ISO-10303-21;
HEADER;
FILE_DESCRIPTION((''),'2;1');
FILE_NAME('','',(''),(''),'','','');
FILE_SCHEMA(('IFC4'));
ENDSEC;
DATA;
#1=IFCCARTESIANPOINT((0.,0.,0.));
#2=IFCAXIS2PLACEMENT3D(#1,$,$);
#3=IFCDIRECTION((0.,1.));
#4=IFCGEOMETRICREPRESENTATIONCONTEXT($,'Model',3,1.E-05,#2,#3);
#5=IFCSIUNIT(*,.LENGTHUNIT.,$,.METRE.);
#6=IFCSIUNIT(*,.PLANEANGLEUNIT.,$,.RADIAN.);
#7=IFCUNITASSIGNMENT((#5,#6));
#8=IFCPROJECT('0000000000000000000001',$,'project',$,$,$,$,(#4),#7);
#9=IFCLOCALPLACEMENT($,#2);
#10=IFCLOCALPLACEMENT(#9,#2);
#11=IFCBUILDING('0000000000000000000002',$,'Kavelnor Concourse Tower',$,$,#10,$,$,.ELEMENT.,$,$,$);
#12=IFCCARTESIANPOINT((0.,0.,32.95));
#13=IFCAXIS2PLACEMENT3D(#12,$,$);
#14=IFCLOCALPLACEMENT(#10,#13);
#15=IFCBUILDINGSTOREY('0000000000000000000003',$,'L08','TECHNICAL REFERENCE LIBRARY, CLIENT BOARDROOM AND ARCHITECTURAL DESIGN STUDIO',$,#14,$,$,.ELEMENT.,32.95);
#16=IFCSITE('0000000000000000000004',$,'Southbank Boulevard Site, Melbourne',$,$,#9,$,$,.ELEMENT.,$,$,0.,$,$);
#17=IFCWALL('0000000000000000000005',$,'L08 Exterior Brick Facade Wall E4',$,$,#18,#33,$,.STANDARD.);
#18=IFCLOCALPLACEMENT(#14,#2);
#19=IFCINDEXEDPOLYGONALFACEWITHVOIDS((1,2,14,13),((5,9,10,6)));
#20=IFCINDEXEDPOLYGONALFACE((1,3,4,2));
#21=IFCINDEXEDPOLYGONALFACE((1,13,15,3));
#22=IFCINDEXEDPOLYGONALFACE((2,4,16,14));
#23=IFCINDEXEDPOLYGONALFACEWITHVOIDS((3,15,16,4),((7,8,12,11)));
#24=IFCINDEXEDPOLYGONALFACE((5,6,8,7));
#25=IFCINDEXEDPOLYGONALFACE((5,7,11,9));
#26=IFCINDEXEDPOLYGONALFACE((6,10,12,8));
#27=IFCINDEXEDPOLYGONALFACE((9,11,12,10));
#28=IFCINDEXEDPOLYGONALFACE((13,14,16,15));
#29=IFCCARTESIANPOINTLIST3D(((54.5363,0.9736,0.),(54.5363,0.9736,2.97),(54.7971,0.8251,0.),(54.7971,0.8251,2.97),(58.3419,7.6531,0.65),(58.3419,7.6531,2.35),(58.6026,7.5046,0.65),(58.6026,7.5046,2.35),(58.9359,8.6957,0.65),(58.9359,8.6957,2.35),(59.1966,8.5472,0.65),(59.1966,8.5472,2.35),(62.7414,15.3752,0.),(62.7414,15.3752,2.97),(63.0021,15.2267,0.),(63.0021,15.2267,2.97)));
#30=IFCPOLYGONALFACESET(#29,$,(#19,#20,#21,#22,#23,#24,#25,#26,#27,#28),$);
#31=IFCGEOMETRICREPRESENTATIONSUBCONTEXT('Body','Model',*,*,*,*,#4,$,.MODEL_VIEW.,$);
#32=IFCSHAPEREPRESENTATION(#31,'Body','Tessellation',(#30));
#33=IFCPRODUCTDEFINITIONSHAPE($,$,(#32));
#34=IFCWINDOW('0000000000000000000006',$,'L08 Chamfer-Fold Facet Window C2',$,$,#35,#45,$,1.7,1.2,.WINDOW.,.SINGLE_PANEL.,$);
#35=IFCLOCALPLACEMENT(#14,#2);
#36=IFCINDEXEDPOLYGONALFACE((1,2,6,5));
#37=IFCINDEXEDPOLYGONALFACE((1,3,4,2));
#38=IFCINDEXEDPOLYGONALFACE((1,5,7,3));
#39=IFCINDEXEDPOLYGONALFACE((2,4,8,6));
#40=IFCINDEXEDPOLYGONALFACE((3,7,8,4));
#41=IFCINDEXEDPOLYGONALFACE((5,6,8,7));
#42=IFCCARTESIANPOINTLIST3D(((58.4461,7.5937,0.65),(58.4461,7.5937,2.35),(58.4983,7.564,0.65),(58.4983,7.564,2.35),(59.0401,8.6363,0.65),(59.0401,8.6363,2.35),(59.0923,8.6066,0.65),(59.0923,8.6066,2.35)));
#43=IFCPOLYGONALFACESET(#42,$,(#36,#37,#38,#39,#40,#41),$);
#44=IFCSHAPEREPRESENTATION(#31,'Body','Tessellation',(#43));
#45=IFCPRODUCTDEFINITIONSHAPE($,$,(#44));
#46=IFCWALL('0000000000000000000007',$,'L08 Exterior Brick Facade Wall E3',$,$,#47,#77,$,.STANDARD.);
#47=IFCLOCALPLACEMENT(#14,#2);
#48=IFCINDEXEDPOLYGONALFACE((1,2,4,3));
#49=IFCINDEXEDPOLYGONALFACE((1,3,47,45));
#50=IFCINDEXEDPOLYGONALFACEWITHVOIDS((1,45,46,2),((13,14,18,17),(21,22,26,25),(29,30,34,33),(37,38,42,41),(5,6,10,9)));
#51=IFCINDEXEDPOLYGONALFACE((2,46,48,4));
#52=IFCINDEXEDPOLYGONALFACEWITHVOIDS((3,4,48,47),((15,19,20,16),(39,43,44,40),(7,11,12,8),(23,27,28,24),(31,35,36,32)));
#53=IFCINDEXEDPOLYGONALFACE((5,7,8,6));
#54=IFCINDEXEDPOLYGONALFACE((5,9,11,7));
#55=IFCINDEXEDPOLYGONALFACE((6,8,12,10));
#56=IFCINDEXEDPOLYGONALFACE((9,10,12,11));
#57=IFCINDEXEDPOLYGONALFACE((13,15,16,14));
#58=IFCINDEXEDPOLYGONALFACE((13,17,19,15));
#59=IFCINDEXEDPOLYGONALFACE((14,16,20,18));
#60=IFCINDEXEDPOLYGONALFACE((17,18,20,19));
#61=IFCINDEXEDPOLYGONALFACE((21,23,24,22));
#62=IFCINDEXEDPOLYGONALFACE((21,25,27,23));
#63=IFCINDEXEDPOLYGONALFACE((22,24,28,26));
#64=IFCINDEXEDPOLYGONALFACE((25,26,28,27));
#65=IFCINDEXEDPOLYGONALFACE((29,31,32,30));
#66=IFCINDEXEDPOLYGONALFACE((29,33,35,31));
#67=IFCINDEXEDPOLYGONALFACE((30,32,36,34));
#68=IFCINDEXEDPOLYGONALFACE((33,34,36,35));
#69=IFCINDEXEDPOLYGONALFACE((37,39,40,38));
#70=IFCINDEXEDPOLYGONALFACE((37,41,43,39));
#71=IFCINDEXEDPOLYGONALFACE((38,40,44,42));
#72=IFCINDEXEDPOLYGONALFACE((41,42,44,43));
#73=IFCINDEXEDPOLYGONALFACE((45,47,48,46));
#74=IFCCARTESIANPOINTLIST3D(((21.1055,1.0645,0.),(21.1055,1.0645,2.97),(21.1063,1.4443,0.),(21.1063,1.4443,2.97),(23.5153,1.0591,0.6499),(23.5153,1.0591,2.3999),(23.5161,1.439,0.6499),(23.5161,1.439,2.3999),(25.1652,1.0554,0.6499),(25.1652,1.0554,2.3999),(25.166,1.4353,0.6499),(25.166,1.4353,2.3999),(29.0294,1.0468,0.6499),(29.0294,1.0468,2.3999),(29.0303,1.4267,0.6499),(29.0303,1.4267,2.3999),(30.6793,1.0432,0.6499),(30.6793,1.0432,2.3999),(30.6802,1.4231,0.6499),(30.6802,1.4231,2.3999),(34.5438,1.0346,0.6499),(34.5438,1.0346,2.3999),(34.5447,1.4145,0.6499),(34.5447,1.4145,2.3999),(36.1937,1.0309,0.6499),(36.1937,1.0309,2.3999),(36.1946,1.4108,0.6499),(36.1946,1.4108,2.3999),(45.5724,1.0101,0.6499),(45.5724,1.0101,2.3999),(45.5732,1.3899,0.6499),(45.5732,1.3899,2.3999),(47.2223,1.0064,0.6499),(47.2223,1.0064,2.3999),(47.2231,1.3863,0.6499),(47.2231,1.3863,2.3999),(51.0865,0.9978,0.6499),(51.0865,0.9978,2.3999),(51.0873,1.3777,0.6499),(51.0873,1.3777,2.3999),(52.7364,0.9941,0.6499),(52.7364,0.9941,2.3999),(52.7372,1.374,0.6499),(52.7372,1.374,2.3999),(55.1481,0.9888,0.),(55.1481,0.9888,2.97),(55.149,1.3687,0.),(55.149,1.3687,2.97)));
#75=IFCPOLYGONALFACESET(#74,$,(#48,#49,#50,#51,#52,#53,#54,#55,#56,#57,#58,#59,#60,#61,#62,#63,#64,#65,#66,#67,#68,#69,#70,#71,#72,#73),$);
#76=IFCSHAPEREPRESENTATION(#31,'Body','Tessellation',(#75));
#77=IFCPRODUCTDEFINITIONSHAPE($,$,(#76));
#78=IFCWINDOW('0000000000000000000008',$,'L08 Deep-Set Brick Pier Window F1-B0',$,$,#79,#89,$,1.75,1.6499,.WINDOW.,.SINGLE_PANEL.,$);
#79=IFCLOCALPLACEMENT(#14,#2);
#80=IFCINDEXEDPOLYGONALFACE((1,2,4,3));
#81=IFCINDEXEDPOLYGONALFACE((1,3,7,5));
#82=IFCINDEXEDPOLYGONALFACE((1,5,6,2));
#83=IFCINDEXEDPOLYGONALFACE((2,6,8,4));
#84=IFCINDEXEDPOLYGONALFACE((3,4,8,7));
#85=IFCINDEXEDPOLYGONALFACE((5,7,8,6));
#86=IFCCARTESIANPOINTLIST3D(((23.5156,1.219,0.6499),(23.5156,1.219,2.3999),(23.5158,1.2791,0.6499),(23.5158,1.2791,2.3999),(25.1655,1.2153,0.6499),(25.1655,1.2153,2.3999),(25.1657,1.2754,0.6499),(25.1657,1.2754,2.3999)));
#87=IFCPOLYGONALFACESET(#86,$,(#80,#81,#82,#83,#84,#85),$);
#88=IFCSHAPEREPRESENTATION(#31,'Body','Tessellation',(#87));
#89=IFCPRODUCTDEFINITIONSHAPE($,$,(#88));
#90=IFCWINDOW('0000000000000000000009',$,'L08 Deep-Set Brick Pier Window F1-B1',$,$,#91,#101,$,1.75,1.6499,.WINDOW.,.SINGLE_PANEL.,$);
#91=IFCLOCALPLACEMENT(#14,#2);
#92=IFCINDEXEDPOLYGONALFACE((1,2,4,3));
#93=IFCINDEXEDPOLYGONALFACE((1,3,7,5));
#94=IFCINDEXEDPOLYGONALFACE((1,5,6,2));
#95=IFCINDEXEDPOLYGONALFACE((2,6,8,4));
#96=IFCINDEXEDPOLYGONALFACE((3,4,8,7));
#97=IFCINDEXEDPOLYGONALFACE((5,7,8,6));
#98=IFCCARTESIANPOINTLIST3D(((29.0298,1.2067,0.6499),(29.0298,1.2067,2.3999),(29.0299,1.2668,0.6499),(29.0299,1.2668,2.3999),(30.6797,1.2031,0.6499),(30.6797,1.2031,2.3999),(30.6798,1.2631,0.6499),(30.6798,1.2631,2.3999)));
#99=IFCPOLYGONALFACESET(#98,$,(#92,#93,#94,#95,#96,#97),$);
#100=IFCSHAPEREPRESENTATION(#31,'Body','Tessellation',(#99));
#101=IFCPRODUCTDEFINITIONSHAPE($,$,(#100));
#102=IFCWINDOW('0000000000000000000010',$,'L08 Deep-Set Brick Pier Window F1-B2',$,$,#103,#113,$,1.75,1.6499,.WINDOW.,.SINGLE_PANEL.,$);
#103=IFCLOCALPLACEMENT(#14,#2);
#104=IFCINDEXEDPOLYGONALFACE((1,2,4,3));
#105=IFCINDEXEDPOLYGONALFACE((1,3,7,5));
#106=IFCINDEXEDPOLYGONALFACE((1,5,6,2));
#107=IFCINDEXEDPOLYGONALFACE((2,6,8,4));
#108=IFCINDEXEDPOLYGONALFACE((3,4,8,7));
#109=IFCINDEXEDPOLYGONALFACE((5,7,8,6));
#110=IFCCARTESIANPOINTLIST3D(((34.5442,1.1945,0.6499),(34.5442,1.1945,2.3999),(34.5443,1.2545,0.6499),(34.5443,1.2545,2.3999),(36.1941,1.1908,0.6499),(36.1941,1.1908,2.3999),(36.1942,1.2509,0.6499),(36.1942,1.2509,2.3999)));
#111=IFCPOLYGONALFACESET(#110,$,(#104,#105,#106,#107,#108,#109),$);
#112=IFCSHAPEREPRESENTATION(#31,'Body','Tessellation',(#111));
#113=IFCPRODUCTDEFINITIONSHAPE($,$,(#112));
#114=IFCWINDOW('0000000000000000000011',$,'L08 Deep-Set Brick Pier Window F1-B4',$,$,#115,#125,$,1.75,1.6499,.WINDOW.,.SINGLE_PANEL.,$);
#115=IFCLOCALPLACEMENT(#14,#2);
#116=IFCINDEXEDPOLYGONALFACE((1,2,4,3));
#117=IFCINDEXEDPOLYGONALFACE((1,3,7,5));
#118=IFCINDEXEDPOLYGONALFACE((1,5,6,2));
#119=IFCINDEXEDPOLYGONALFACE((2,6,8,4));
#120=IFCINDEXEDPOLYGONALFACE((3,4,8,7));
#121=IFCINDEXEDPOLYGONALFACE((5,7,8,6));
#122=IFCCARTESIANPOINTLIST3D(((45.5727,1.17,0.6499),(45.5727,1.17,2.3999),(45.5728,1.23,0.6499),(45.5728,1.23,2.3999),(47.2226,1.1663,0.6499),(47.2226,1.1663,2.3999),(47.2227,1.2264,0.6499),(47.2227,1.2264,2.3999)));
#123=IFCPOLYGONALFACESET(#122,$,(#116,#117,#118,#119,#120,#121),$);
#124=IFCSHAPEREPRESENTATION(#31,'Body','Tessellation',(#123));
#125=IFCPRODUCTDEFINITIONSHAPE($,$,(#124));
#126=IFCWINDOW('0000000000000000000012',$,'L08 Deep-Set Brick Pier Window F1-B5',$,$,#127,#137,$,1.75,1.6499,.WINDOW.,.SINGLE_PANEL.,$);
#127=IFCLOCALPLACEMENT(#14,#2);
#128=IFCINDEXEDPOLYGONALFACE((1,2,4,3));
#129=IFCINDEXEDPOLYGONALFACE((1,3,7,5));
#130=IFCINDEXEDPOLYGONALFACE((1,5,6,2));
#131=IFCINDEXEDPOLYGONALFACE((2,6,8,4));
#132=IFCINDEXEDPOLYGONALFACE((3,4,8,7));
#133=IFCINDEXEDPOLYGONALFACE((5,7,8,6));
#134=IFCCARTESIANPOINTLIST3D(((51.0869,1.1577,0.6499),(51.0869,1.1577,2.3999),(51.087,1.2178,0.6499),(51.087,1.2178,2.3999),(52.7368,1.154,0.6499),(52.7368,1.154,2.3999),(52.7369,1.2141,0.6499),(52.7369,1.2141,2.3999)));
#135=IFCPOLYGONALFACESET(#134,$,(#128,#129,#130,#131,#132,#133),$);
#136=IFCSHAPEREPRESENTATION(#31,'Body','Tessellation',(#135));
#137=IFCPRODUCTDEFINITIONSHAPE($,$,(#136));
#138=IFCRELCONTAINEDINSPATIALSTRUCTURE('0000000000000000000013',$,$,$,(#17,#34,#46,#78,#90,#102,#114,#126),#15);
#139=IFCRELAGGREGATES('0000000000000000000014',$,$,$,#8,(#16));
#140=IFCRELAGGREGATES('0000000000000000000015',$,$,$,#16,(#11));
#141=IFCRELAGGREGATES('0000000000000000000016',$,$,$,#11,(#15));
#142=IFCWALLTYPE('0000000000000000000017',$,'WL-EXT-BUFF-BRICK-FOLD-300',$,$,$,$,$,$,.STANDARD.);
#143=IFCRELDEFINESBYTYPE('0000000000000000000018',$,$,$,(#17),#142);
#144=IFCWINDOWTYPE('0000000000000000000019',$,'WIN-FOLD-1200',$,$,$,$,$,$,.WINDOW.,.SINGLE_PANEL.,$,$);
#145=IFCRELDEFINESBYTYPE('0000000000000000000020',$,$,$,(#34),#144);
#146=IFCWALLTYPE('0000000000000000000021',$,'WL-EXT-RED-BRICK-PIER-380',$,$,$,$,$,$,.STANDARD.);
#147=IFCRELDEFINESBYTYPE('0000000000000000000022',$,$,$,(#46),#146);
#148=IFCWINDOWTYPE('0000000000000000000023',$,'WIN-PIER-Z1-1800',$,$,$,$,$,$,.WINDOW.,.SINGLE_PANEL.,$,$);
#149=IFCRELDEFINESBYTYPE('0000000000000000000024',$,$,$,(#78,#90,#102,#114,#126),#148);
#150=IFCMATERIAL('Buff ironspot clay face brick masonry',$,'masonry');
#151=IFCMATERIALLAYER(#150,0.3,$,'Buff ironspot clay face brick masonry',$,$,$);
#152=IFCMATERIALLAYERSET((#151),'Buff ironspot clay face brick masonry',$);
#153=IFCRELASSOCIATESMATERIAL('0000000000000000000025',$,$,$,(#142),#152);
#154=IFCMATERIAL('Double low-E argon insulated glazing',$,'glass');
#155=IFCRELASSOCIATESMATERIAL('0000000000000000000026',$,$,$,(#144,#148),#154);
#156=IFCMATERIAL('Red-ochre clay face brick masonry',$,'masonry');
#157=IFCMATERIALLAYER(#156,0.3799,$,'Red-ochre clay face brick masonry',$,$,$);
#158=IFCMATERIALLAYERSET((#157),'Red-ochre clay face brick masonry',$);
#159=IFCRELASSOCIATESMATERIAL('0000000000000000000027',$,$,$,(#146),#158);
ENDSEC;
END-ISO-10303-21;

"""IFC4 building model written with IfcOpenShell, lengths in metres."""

from ifc_helpers import new_model, si_unit, direction, frame, frame_2d, origin, place, context, subcontext, project, spatial, rectangle, extrude, material, layer, layer_set, type_object, element, fill, save


model = new_model("IFC4")

# Units and contexts
model_context = context("Model", 3, precision=1e-05, world=origin(), true_north=direction((0.0, 1.0)))
body_context = subcontext(model_context, "Body", "Model", "MODEL_VIEW")
ifc_project = project(units=[si_unit("LENGTHUNIT", "METRE"), si_unit("PLANEANGLEUNIT", "RADIAN")], contexts=[model_context])

# Site, building, storey
site_placement = place(None, origin())
site = spatial("IfcSite", under=ifc_project, at=site_placement, Name="Southbank Boulevard Site, Melbourne", CompositionType="ELEMENT", RefElevation=0.0)
building_placement = place(site_placement, origin())
building = spatial("IfcBuilding", under=site, at=building_placement, Name="Kavelnor Concourse Tower", CompositionType="ELEMENT")
storey_placement = place(building_placement, frame((0.0, 0.0, 32.95)))
storey = spatial("IfcBuildingStorey", under=building, at=storey_placement, Name="L08", Description="TECHNICAL REFERENCE LIBRARY, CLIENT BOARDROOM AND ARCHITECTURAL DESIGN STUDIO", CompositionType="ELEMENT", Elevation=32.95)

# Wall, opening, window
ifc_material_1 = material(Name="Buff ironspot clay face brick masonry", Category="masonry")
ifc_layer_1 = layer(ifc_material_1, 0.3, Name="Buff ironspot clay face brick masonry")
ifc_layer_set_1 = layer_set([ifc_layer_1], Name="Buff ironspot clay face brick masonry")
wall_type_1 = type_object("IfcWallType", Name="WL-EXT-BUFF-BRICK-FOLD-300", PredefinedType="STANDARD", material=ifc_layer_set_1)
wall_1_placement = place(storey_placement, frame((62.8718, 15.301, 0.0), z_axis=(0.0, 0.0, 1.0), x_axis=(-0.495028, -0.868877, 0.0)))
wall_1 = element("IfcWall", 1, at=wall_1_placement, inside=storey, type_object=wall_type_1, Name="L08 Exterior Brick Facade Wall E4", PredefinedType="STANDARD", context=body_context, shape_type="SweptSolid", body=[
    extrude(rectangle(XDim=16.575, YDim=0.3, at=frame_2d((8.2876, 0.0))), origin(), (0.0, 0.0, 1.0), 2.97),
])
opening_1_placement = place(wall_1_placement, frame((7.6875, 0.0, 0.6499)))
opening_1 = element("IfcOpeningElement", 2, at=opening_1_placement, cuts=wall_1, PredefinedType="OPENING", context=body_context, shape_type="SweptSolid", body=[
    extrude(rectangle(XDim=1.2, YDim=1.7, at=frame_2d((0.6001, 0.8501))), frame((0.0, 0.1602, 0.0), z_axis=(0.0, -1.0, 0.0), x_axis=(1.0, 0.0, 0.0)), (0.0, 0.0, 1.0), 0.3201),
])
ifc_material_2 = material(Name="Double low-E argon insulated glazing", Category="glass")
window_type_1 = type_object("IfcWindowType", Name="WIN-FOLD-1200", PartitioningType="SINGLE_PANEL", PredefinedType="WINDOW", material=ifc_material_2)
window_1_placement = place(opening_1_placement, origin())
window_1 = element("IfcWindow", 3, at=window_1_placement, inside=storey, type_object=window_type_1, Name="L08 Chamfer-Fold Facet Window C2", OverallHeight=1.7, OverallWidth=1.2, PartitioningType="SINGLE_PANEL", PredefinedType="WINDOW", context=body_context, shape_type="SweptSolid", body=[
    extrude(rectangle(XDim=1.2, YDim=1.7, at=frame_2d((0.6001, 0.8501))), frame((0.0, 0.03, 0.0), z_axis=(0.0, -1.0, 0.0), x_axis=(1.0, 0.0, 0.0)), (0.0, 0.0, 1.0), 0.0601),
])
fill(opening_1, window_1)

# Wall, openings, windows
ifc_material_3 = material(Name="Red-ochre clay face brick masonry", Category="masonry")
ifc_layer_2 = layer(ifc_material_3, 0.3799, Name="Red-ochre clay face brick masonry")
ifc_layer_set_2 = layer_set([ifc_layer_2], Name="Red-ochre clay face brick masonry")
wall_type_2 = type_object("IfcWallType", Name="WL-EXT-RED-BRICK-PIER-380", PredefinedType="STANDARD", material=ifc_layer_set_2)
wall_2_placement = place(storey_placement, frame((55.1487, 1.1787, 0.0), z_axis=(0.0, 0.0, 1.0), x_axis=(-0.999998, 0.002223, 0.0)))
wall_2 = element("IfcWall", 4, at=wall_2_placement, inside=storey, type_object=wall_type_2, Name="L08 Exterior Brick Facade Wall E3", PredefinedType="STANDARD", context=body_context, shape_type="SweptSolid", body=[
    extrude(rectangle(XDim=34.0427, YDim=0.3799, at=frame_2d((17.0215, 0.0))), origin(), (0.0, 0.0, 1.0), 2.97),
])
opening_2_placement = place(wall_2_placement, frame((29.9832, 0.0, 0.6499)))
opening_2 = element("IfcOpeningElement", 5, at=opening_2_placement, cuts=wall_2, PredefinedType="OPENING", context=body_context, shape_type="SweptSolid", body=[
    extrude(rectangle(XDim=1.6499, YDim=1.75, at=frame_2d((0.825, 0.875))), frame((0.0, 0.2, 0.0), z_axis=(0.0, -1.0, 0.0), x_axis=(1.0, 0.0, 0.0)), (0.0, 0.0, 1.0), 0.3999),
])
opening_3_placement = place(wall_2_placement, frame((24.469, 0.0, 0.6499)))
opening_3 = element("IfcOpeningElement", 6, at=opening_3_placement, cuts=wall_2, PredefinedType="OPENING", context=body_context, shape_type="SweptSolid", body=[
    extrude(rectangle(XDim=1.6499, YDim=1.75, at=frame_2d((0.825, 0.875))), frame((0.0, 0.2, 0.0), z_axis=(0.0, -1.0, 0.0), x_axis=(1.0, 0.0, 0.0)), (0.0, 0.0, 1.0), 0.3999),
])
opening_4_placement = place(wall_2_placement, frame((18.9546, 0.0, 0.6499)))
opening_4 = element("IfcOpeningElement", 7, at=opening_4_placement, cuts=wall_2, PredefinedType="OPENING", context=body_context, shape_type="SweptSolid", body=[
    extrude(rectangle(XDim=1.6499, YDim=1.75, at=frame_2d((0.825, 0.875))), frame((0.0, 0.2, 0.0), z_axis=(0.0, -1.0, 0.0), x_axis=(1.0, 0.0, 0.0)), (0.0, 0.0, 1.0), 0.3999),
])
opening_5_placement = place(wall_2_placement, frame((7.926, 0.0, 0.6499)))
opening_5 = element("IfcOpeningElement", 8, at=opening_5_placement, cuts=wall_2, PredefinedType="OPENING", context=body_context, shape_type="SweptSolid", body=[
    extrude(rectangle(XDim=1.6499, YDim=1.75, at=frame_2d((0.825, 0.875))), frame((0.0, 0.2, 0.0), z_axis=(0.0, -1.0, 0.0), x_axis=(1.0, 0.0, 0.0)), (0.0, 0.0, 1.0), 0.3999),
])
opening_6_placement = place(wall_2_placement, frame((2.4119, 0.0, 0.6499)))
opening_6 = element("IfcOpeningElement", 9, at=opening_6_placement, cuts=wall_2, PredefinedType="OPENING", context=body_context, shape_type="SweptSolid", body=[
    extrude(rectangle(XDim=1.6499, YDim=1.75, at=frame_2d((0.825, 0.875))), frame((0.0, 0.2, 0.0), z_axis=(0.0, -1.0, 0.0), x_axis=(1.0, 0.0, 0.0)), (0.0, 0.0, 1.0), 0.3999),
])
window_type_2 = type_object("IfcWindowType", Name="WIN-PIER-Z1-1800", PartitioningType="SINGLE_PANEL", PredefinedType="WINDOW", material=ifc_material_2)
window_2_placement = place(opening_2_placement, origin())
window_2 = element("IfcWindow", 10, at=window_2_placement, inside=storey, type_object=window_type_2, Name="L08 Deep-Set Brick Pier Window F1-B0", OverallHeight=1.75, OverallWidth=1.6499, PartitioningType="SINGLE_PANEL", PredefinedType="WINDOW", context=body_context, shape_type="SweptSolid", body=[
    extrude(rectangle(XDim=1.6499, YDim=1.75, at=frame_2d((0.825, 0.875))), frame((0.0, 0.03, 0.0), z_axis=(0.0, -1.0, 0.0), x_axis=(1.0, 0.0, 0.0)), (0.0, 0.0, 1.0), 0.0601),
])
fill(opening_2, window_2)
window_3_placement = place(opening_3_placement, origin())
window_3 = element("IfcWindow", 11, at=window_3_placement, inside=storey, type_object=window_type_2, Name="L08 Deep-Set Brick Pier Window F1-B1", OverallHeight=1.75, OverallWidth=1.6499, PartitioningType="SINGLE_PANEL", PredefinedType="WINDOW", context=body_context, shape_type="SweptSolid", body=[
    extrude(rectangle(XDim=1.6499, YDim=1.75, at=frame_2d((0.825, 0.875))), frame((0.0, 0.03, 0.0), z_axis=(0.0, -1.0, 0.0), x_axis=(1.0, 0.0, 0.0)), (0.0, 0.0, 1.0), 0.0601),
])
fill(opening_3, window_3)
window_4_placement = place(opening_4_placement, origin())
window_4 = element("IfcWindow", 12, at=window_4_placement, inside=storey, type_object=window_type_2, Name="L08 Deep-Set Brick Pier Window F1-B2", OverallHeight=1.75, OverallWidth=1.6499, PartitioningType="SINGLE_PANEL", PredefinedType="WINDOW", context=body_context, shape_type="SweptSolid", body=[
    extrude(rectangle(XDim=1.6499, YDim=1.75, at=frame_2d((0.825, 0.875))), frame((0.0, 0.03, 0.0), z_axis=(0.0, -1.0, 0.0), x_axis=(1.0, 0.0, 0.0)), (0.0, 0.0, 1.0), 0.0601),
])
fill(opening_4, window_4)
window_5_placement = place(opening_5_placement, origin())
window_5 = element("IfcWindow", 13, at=window_5_placement, inside=storey, type_object=window_type_2, Name="L08 Deep-Set Brick Pier Window F1-B4", OverallHeight=1.75, OverallWidth=1.6499, PartitioningType="SINGLE_PANEL", PredefinedType="WINDOW", context=body_context, shape_type="SweptSolid", body=[
    extrude(rectangle(XDim=1.6499, YDim=1.75, at=frame_2d((0.825, 0.875))), frame((0.0, 0.03, 0.0), z_axis=(0.0, -1.0, 0.0), x_axis=(1.0, 0.0, 0.0)), (0.0, 0.0, 1.0), 0.0601),
])
fill(opening_5, window_5)
window_6_placement = place(opening_6_placement, origin())
window_6 = element("IfcWindow", 14, at=window_6_placement, inside=storey, type_object=window_type_2, Name="L08 Deep-Set Brick Pier Window F1-B5", OverallHeight=1.75, OverallWidth=1.6499, PartitioningType="SINGLE_PANEL", PredefinedType="WINDOW", context=body_context, shape_type="SweptSolid", body=[
    extrude(rectangle(XDim=1.6499, YDim=1.75, at=frame_2d((0.825, 0.875))), frame((0.0, 0.03, 0.0), z_axis=(0.0, -1.0, 0.0), x_axis=(1.0, 0.0, 0.0)), (0.0, 0.0, 1.0), 0.0601),
])
fill(opening_6, window_6)

save(model, "model.ifc")
